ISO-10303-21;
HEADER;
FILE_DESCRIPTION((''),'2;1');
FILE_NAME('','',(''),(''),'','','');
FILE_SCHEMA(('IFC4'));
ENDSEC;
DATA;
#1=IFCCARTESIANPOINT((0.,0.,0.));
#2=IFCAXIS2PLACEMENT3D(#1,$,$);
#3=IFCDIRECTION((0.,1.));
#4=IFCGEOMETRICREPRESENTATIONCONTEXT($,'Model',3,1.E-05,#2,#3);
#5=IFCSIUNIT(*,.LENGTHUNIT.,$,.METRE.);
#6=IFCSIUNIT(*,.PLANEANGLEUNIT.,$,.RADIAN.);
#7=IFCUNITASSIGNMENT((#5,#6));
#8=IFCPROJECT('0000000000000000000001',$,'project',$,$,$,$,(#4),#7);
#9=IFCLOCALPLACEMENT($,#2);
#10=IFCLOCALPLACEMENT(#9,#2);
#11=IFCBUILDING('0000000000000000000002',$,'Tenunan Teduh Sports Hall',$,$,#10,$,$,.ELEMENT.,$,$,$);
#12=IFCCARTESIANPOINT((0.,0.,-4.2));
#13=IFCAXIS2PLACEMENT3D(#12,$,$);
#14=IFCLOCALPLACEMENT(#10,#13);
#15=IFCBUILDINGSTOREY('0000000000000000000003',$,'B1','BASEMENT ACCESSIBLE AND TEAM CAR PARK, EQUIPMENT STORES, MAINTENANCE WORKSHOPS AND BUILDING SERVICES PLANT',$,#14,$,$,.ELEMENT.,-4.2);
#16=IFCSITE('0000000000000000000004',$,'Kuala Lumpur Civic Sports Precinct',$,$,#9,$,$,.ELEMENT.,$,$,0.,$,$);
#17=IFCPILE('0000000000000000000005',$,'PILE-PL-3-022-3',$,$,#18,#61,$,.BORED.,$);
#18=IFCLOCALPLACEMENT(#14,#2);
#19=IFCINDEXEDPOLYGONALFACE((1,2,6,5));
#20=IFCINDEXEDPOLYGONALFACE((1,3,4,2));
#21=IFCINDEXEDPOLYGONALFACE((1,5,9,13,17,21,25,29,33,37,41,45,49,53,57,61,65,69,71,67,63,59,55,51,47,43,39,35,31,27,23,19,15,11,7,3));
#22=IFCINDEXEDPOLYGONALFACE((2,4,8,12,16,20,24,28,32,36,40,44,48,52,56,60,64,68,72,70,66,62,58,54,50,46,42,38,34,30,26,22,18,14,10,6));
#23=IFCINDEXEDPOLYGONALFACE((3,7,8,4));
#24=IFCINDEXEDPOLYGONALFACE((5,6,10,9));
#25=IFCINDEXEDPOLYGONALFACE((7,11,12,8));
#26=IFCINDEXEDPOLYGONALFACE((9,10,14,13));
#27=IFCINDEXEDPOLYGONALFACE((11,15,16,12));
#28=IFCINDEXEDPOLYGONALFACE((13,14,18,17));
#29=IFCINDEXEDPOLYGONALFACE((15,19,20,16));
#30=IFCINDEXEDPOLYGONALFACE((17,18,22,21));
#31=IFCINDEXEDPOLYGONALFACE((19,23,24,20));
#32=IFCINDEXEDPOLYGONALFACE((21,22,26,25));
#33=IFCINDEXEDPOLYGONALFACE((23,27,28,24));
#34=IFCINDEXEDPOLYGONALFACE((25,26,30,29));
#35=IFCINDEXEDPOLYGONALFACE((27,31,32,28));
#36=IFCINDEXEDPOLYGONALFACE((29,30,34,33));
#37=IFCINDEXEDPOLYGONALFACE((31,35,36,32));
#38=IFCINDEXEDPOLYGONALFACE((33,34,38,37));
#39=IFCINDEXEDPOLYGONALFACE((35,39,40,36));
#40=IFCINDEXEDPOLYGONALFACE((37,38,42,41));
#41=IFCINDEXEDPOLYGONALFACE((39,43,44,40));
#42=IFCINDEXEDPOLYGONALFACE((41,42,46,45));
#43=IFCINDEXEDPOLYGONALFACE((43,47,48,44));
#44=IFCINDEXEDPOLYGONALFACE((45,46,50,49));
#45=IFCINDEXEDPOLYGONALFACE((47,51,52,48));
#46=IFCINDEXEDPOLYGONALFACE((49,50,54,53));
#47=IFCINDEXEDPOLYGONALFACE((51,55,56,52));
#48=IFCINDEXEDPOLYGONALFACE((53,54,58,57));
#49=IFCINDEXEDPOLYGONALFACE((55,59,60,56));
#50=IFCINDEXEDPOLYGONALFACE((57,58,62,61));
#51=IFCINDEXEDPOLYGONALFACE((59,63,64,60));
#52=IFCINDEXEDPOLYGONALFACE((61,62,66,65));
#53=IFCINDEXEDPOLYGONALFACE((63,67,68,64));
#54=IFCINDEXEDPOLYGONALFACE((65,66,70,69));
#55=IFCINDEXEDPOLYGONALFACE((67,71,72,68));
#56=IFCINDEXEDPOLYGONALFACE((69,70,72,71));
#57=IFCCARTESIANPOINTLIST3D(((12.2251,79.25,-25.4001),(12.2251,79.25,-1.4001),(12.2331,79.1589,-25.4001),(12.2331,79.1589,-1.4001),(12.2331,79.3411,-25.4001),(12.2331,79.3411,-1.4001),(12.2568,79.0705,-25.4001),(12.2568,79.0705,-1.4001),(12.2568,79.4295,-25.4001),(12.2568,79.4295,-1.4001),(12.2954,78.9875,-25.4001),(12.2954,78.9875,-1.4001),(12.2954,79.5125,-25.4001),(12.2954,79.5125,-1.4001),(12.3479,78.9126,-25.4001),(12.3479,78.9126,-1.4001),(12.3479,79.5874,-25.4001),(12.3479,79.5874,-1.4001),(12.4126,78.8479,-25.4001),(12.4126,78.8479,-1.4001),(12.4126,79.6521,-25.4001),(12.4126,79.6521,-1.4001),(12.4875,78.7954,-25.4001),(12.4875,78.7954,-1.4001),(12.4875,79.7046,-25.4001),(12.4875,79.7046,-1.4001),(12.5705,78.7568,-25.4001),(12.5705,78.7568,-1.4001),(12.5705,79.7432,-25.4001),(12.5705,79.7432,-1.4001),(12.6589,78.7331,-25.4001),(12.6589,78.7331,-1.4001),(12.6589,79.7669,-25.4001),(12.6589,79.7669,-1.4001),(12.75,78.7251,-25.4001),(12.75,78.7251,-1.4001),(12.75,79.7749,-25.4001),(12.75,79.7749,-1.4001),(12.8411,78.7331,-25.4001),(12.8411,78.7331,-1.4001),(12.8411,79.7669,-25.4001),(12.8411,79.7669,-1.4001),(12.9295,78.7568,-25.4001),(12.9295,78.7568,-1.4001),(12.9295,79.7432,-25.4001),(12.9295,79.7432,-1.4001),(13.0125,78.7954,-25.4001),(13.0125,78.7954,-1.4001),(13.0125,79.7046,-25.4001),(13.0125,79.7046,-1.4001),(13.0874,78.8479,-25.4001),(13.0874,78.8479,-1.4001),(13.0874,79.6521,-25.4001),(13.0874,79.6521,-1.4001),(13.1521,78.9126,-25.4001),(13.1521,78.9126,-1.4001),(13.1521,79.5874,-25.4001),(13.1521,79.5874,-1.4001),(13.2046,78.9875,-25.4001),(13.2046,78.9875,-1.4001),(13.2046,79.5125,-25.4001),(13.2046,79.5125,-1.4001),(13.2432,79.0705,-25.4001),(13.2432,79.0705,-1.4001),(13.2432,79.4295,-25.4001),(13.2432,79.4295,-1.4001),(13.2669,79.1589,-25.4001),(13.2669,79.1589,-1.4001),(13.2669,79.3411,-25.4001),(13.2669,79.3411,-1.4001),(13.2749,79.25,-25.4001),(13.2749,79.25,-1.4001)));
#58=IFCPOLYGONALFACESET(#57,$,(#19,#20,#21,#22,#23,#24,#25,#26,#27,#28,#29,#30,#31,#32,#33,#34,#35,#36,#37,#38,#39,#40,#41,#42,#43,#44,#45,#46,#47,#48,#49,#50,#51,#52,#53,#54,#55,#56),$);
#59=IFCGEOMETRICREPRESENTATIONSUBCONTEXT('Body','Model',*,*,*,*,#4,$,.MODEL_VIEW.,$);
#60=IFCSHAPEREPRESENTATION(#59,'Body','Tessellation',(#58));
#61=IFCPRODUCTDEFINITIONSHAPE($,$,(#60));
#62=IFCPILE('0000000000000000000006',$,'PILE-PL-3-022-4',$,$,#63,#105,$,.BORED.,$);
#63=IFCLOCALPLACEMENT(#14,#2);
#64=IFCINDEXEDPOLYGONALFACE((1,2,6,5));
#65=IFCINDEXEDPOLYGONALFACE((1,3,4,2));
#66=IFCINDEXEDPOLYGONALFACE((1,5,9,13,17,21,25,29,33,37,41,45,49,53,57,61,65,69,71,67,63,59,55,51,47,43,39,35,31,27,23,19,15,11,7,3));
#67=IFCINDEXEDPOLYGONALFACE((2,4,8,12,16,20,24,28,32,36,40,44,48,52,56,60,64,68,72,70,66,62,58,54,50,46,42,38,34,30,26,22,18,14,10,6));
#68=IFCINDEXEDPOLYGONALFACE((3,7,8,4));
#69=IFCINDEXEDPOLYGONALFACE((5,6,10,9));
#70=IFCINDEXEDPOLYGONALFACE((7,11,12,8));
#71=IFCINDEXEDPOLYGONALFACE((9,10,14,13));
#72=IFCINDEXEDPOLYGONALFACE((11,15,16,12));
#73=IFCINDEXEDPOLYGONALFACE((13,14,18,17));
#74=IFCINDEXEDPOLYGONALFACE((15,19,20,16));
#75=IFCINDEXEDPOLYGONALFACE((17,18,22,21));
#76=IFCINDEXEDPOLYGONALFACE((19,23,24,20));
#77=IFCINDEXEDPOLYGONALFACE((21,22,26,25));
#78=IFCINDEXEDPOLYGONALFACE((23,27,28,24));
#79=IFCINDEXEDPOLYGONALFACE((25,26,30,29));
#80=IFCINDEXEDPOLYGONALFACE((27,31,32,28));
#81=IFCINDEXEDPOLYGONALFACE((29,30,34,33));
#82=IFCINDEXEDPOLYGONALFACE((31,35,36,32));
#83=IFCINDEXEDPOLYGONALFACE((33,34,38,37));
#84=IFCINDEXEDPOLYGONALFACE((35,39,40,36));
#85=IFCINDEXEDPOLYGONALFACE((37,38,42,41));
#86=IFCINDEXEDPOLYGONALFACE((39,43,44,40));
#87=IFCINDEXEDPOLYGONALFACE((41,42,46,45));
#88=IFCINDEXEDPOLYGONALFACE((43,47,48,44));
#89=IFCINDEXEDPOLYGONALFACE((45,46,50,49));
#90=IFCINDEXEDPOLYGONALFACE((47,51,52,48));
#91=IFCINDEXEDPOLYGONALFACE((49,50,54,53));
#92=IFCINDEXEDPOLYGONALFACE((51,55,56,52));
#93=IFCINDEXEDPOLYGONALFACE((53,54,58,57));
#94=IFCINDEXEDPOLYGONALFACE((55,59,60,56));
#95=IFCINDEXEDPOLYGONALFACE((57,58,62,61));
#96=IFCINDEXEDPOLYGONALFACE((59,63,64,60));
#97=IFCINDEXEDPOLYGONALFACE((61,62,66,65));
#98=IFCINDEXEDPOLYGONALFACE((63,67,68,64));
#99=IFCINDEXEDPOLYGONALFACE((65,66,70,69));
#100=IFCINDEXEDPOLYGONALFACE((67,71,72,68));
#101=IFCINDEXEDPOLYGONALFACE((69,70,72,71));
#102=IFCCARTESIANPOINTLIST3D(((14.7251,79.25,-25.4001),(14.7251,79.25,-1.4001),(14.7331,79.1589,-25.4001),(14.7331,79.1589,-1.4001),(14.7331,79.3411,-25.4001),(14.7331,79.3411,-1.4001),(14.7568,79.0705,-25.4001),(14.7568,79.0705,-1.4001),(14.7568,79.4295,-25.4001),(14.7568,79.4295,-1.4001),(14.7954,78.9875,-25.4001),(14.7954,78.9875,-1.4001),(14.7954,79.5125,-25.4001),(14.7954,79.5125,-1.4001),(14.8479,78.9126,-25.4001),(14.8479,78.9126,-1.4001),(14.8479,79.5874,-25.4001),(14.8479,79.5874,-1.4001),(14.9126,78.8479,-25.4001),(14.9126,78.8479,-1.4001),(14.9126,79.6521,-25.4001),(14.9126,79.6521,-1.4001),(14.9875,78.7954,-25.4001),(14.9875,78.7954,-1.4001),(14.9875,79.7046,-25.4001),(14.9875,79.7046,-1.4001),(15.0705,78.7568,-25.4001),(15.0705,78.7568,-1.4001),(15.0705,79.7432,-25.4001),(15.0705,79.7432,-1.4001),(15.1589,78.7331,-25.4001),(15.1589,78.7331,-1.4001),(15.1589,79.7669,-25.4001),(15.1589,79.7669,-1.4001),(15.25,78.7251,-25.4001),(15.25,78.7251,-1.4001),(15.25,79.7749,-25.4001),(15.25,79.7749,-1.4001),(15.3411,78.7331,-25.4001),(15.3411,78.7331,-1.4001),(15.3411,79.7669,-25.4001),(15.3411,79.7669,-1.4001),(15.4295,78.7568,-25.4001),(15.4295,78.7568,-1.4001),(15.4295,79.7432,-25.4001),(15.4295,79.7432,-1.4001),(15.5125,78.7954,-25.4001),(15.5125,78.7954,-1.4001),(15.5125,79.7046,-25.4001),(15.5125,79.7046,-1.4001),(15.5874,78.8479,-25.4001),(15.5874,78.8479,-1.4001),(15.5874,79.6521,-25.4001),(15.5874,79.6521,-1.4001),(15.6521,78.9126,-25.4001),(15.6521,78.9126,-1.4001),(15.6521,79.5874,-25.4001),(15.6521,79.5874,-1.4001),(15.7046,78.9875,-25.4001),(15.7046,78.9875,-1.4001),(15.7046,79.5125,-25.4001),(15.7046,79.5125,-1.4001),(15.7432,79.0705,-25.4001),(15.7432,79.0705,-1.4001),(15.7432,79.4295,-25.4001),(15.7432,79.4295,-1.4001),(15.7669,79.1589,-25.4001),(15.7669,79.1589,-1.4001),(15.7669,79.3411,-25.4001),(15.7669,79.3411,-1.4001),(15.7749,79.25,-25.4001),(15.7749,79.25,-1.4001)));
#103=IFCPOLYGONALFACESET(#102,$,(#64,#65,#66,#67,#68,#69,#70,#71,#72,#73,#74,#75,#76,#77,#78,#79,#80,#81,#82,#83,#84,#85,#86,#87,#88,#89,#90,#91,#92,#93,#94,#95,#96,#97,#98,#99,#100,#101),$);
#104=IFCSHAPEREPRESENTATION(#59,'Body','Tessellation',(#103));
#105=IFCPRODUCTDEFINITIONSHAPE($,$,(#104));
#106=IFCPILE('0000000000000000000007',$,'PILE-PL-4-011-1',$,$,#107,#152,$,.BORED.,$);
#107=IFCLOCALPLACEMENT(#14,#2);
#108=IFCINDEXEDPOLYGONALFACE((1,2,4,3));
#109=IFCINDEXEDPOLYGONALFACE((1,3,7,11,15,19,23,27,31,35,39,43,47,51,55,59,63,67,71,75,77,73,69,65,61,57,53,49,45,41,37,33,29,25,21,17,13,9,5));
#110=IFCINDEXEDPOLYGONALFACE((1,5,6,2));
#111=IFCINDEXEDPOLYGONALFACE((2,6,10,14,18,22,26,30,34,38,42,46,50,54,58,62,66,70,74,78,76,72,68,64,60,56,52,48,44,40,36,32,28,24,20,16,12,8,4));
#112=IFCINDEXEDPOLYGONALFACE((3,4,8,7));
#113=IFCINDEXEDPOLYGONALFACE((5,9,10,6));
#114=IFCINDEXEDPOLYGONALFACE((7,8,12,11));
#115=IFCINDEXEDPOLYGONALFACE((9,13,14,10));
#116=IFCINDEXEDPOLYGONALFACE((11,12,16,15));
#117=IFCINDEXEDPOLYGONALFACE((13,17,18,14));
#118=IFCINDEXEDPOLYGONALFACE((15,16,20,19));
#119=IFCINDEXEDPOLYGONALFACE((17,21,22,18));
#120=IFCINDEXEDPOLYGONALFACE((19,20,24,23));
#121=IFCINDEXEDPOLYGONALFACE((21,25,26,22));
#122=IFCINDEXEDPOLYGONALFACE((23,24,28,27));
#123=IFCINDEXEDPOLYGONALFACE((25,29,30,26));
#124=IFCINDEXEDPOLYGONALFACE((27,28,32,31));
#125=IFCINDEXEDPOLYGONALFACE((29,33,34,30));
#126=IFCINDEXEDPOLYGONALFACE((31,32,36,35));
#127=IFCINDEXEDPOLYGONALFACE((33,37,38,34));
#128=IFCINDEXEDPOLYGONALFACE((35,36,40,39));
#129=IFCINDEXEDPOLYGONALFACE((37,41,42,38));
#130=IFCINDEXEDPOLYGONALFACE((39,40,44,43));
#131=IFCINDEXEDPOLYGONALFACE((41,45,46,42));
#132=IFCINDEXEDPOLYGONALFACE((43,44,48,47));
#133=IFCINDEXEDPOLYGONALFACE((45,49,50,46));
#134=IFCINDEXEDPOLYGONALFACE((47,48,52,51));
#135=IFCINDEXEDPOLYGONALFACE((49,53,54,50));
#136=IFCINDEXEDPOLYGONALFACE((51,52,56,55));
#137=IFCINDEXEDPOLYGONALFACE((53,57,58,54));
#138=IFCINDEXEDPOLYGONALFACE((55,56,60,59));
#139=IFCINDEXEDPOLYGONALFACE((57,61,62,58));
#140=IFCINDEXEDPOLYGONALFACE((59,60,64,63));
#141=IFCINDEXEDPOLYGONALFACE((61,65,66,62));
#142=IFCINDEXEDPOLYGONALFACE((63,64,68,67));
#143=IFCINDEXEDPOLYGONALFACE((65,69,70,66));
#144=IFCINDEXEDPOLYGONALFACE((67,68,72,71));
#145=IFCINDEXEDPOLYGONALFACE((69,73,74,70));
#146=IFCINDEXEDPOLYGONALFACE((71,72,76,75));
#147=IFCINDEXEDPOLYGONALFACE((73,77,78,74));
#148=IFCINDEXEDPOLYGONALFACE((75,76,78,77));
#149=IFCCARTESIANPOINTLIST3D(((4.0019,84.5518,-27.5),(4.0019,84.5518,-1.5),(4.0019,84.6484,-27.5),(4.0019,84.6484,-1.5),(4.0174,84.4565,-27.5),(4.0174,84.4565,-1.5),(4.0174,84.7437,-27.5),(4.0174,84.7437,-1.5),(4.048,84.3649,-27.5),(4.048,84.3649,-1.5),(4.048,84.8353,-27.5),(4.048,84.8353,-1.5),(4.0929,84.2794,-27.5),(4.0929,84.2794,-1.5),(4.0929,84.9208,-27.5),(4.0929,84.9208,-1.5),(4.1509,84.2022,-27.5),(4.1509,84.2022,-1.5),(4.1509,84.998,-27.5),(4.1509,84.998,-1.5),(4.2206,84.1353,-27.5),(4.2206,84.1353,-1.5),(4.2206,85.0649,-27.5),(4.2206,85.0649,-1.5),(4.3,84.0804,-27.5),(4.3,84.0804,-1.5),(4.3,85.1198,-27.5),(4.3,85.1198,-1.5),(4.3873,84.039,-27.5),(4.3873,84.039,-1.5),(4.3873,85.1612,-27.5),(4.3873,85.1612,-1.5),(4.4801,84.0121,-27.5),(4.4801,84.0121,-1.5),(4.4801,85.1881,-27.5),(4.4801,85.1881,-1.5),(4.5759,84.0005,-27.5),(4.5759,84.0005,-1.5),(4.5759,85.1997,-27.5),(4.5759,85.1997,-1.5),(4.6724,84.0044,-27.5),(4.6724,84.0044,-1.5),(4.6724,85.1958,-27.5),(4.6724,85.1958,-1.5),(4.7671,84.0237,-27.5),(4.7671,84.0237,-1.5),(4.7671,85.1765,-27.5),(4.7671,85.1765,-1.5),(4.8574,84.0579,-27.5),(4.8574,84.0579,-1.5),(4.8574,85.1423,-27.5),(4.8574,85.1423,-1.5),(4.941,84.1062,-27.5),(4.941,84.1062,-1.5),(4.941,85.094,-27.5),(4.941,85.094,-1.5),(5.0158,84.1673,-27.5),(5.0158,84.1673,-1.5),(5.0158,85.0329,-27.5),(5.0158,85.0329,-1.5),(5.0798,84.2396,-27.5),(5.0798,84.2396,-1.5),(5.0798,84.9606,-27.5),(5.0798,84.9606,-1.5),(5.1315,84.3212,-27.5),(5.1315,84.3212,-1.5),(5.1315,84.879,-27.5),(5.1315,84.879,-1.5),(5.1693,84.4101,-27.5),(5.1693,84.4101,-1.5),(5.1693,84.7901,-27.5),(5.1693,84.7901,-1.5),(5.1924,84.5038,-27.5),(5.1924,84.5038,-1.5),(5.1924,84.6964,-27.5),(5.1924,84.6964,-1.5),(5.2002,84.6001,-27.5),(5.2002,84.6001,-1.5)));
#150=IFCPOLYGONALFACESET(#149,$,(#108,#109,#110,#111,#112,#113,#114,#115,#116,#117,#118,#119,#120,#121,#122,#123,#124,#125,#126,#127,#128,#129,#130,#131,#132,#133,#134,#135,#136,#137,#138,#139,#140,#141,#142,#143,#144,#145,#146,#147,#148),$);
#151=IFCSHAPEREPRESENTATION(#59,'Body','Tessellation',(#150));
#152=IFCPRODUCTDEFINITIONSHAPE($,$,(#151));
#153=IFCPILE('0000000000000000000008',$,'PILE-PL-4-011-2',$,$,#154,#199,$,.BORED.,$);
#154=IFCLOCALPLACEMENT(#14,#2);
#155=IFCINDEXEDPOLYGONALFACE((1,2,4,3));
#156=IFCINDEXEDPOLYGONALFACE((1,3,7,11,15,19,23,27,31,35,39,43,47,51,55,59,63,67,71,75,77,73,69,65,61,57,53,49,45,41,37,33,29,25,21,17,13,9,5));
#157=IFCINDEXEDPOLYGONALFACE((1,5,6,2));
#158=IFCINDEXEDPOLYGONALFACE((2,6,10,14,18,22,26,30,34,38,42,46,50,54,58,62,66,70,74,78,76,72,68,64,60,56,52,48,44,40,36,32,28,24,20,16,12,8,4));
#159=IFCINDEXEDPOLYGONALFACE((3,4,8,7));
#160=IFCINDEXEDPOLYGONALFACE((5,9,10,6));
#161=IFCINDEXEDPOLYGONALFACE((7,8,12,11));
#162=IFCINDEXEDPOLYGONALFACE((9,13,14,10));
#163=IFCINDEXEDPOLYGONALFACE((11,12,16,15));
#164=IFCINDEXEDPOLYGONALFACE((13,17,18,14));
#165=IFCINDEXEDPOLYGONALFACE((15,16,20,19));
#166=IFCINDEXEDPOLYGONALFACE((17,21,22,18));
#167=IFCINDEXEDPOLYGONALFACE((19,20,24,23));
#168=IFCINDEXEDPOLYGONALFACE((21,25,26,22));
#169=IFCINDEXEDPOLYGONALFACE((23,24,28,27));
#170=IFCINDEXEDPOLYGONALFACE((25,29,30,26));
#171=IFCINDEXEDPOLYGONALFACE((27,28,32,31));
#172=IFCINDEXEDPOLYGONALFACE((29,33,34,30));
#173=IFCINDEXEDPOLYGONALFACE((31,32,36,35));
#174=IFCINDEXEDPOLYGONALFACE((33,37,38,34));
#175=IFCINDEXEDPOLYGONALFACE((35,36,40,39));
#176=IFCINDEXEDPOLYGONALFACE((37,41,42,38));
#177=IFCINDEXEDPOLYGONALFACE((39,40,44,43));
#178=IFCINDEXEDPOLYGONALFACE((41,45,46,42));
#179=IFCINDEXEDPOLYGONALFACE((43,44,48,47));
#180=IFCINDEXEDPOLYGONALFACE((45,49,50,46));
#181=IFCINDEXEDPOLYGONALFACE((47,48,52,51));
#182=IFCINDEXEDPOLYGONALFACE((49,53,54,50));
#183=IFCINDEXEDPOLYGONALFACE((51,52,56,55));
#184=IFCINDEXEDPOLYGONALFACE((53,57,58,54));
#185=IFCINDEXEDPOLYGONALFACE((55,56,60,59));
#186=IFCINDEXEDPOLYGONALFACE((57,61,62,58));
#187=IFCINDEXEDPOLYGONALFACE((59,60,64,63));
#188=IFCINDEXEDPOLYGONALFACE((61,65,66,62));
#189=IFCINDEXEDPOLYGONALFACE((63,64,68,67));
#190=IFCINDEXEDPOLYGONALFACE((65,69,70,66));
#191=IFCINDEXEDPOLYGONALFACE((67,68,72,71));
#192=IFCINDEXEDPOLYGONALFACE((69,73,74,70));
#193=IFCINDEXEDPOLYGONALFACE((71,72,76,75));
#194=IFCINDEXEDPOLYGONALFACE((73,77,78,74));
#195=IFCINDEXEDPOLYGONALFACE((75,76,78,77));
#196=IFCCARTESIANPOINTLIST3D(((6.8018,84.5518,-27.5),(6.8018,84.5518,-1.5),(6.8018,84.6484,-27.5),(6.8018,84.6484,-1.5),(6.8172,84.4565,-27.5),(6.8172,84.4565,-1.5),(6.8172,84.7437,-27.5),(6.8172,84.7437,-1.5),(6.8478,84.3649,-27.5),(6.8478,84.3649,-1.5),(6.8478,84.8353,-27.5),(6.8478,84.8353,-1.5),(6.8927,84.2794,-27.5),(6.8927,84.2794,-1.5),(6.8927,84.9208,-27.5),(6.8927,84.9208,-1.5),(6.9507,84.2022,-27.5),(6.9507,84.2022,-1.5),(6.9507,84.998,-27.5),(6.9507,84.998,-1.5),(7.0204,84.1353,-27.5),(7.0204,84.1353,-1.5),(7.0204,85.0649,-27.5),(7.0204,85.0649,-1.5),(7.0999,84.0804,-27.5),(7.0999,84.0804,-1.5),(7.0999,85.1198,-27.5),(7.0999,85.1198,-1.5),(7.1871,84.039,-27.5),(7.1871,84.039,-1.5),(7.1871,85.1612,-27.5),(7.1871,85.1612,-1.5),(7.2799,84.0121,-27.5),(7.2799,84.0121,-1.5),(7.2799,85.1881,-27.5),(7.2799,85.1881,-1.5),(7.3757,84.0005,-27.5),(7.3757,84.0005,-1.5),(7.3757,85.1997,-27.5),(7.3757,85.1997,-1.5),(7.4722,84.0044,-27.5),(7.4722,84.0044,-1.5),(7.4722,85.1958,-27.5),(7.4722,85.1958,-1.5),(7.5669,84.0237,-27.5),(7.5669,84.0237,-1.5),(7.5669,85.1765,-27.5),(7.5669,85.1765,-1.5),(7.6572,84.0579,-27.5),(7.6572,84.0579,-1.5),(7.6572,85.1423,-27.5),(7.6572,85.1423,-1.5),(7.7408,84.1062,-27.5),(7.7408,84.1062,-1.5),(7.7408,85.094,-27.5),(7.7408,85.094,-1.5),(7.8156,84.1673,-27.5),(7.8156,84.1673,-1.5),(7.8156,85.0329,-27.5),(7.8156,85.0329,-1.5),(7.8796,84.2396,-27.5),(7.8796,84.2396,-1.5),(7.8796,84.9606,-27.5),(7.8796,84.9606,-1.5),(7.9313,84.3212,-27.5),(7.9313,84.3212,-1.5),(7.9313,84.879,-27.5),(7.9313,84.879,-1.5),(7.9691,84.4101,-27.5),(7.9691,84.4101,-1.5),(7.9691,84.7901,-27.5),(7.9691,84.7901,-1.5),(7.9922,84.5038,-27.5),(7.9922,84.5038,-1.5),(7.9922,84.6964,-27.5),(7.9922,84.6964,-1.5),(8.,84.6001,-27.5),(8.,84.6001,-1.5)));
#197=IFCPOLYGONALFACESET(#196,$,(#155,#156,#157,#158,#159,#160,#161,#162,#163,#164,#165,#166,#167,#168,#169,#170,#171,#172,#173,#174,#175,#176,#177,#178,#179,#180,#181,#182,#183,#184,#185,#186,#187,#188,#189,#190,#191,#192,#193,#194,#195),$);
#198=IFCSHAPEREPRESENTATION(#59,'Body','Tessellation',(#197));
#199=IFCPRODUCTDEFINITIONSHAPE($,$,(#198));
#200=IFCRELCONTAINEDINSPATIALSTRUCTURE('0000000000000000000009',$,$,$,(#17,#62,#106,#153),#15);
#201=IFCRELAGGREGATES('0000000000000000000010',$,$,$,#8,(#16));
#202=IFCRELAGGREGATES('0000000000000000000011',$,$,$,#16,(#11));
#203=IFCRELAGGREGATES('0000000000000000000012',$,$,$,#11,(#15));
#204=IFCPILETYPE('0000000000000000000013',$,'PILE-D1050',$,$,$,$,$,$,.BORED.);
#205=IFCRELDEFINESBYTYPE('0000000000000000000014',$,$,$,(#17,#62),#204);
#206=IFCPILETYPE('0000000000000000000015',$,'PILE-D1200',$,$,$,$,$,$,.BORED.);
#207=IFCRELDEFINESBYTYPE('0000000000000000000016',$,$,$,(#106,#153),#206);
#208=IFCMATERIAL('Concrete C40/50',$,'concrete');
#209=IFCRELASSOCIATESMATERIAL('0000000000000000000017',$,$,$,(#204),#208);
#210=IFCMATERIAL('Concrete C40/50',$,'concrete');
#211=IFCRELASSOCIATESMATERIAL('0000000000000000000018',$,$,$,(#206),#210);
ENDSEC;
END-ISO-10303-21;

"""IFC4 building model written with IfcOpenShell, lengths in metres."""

from ifc_helpers import new_model, si_unit, direction, frame, origin, origin_2d, place, context, subcontext, project, spatial, circle, extrude, material, material_profile, profile_set, type_object, element, save


model = new_model("IFC4")

# Units and contexts
model_context = context("Model", 3, precision=1e-05, world=origin(), true_north=direction((0.0, 1.0)))
body_context = subcontext(model_context, "Body", "Model", "MODEL_VIEW")
ifc_project = project(units=[si_unit("LENGTHUNIT", "METRE"), si_unit("PLANEANGLEUNIT", "RADIAN")], contexts=[model_context])

# Site, building, storey
site_placement = place(None, origin())
site = spatial("IfcSite", under=ifc_project, at=site_placement, Name="Kuala Lumpur Civic Sports Precinct", CompositionType="ELEMENT", RefElevation=0.0)
building_placement = place(site_placement, origin())
building = spatial("IfcBuilding", under=site, at=building_placement, Name="Tenunan Teduh Sports Hall", CompositionType="ELEMENT")
storey_placement = place(building_placement, frame((0.0, 0.0, -4.2)))
storey = spatial("IfcBuildingStorey", under=building, at=storey_placement, Name="B1", Description="BASEMENT ACCESSIBLE AND TEAM CAR PARK, EQUIPMENT STORES, MAINTENANCE WORKSHOPS AND BUILDING SERVICES PLANT", CompositionType="ELEMENT", Elevation=-4.2)

# Piles
ifc_material_1 = material(Name="Concrete C40/50", Category="concrete")
ifc_material_profile_1 = material_profile(ifc_material_1, circle(Radius=0.5249, at=origin_2d()), Name="PILE D1050")
ifc_profile_set_1 = profile_set([ifc_material_profile_1], Name="Concrete C40/50")
pile_type_1 = type_object("IfcPileType", Name="PILE-D1050", PredefinedType="BORED", material=ifc_profile_set_1)
for number, where, z_axis, x_axis, name in (
    (1, (12.75, 79.25, -1.4001), (0.0, 0.0, -1.0), (1.0, 0.0, 0.0), "PILE-PL-3-022-3"),
    (2, (15.25, 79.25, -1.4001), (0.0, 0.0, -1.0), (1.0, 0.0, 0.0), "PILE-PL-3-022-4"),
):
    element("IfcPile", number, at=place(storey_placement, frame(where, z_axis=z_axis, x_axis=x_axis)), inside=storey, type_object=pile_type_1, Name=name, PredefinedType="BORED", context=body_context, shape_type="SweptSolid", body=[
        extrude(circle(Radius=0.5249, at=origin_2d()), origin(), (0.0, 0.0, 1.0), 24.0),
    ])
ifc_material_2 = material(Name="Concrete C40/50", Category="concrete")
ifc_material_profile_2 = material_profile(ifc_material_2, circle(Radius=0.6001, at=origin_2d()), Name="PILE D1200")
ifc_profile_set_2 = profile_set([ifc_material_profile_2], Name="Concrete C40/50")
pile_type_2 = type_object("IfcPileType", Name="PILE-D1200", PredefinedType="BORED", material=ifc_profile_set_2)
for number, where, z_axis, x_axis, name in (
    (3, (4.6001, 84.6001, -1.5), (0.0, 0.0, -1.0), (1.0, 0.0, 0.0), "PILE-PL-4-011-1"),
    (4, (7.3999, 84.6001, -1.5), (0.0, 0.0, -1.0), (1.0, 0.0, 0.0), "PILE-PL-4-011-2"),
):
    element("IfcPile", number, at=place(storey_placement, frame(where, z_axis=z_axis, x_axis=x_axis)), inside=storey, type_object=pile_type_2, Name=name, PredefinedType="BORED", context=body_context, shape_type="SweptSolid", body=[
        extrude(circle(Radius=0.6001, at=origin_2d()), origin(), (0.0, 0.0, 1.0), 26.0),
    ])

save(model, "model.ifc")
